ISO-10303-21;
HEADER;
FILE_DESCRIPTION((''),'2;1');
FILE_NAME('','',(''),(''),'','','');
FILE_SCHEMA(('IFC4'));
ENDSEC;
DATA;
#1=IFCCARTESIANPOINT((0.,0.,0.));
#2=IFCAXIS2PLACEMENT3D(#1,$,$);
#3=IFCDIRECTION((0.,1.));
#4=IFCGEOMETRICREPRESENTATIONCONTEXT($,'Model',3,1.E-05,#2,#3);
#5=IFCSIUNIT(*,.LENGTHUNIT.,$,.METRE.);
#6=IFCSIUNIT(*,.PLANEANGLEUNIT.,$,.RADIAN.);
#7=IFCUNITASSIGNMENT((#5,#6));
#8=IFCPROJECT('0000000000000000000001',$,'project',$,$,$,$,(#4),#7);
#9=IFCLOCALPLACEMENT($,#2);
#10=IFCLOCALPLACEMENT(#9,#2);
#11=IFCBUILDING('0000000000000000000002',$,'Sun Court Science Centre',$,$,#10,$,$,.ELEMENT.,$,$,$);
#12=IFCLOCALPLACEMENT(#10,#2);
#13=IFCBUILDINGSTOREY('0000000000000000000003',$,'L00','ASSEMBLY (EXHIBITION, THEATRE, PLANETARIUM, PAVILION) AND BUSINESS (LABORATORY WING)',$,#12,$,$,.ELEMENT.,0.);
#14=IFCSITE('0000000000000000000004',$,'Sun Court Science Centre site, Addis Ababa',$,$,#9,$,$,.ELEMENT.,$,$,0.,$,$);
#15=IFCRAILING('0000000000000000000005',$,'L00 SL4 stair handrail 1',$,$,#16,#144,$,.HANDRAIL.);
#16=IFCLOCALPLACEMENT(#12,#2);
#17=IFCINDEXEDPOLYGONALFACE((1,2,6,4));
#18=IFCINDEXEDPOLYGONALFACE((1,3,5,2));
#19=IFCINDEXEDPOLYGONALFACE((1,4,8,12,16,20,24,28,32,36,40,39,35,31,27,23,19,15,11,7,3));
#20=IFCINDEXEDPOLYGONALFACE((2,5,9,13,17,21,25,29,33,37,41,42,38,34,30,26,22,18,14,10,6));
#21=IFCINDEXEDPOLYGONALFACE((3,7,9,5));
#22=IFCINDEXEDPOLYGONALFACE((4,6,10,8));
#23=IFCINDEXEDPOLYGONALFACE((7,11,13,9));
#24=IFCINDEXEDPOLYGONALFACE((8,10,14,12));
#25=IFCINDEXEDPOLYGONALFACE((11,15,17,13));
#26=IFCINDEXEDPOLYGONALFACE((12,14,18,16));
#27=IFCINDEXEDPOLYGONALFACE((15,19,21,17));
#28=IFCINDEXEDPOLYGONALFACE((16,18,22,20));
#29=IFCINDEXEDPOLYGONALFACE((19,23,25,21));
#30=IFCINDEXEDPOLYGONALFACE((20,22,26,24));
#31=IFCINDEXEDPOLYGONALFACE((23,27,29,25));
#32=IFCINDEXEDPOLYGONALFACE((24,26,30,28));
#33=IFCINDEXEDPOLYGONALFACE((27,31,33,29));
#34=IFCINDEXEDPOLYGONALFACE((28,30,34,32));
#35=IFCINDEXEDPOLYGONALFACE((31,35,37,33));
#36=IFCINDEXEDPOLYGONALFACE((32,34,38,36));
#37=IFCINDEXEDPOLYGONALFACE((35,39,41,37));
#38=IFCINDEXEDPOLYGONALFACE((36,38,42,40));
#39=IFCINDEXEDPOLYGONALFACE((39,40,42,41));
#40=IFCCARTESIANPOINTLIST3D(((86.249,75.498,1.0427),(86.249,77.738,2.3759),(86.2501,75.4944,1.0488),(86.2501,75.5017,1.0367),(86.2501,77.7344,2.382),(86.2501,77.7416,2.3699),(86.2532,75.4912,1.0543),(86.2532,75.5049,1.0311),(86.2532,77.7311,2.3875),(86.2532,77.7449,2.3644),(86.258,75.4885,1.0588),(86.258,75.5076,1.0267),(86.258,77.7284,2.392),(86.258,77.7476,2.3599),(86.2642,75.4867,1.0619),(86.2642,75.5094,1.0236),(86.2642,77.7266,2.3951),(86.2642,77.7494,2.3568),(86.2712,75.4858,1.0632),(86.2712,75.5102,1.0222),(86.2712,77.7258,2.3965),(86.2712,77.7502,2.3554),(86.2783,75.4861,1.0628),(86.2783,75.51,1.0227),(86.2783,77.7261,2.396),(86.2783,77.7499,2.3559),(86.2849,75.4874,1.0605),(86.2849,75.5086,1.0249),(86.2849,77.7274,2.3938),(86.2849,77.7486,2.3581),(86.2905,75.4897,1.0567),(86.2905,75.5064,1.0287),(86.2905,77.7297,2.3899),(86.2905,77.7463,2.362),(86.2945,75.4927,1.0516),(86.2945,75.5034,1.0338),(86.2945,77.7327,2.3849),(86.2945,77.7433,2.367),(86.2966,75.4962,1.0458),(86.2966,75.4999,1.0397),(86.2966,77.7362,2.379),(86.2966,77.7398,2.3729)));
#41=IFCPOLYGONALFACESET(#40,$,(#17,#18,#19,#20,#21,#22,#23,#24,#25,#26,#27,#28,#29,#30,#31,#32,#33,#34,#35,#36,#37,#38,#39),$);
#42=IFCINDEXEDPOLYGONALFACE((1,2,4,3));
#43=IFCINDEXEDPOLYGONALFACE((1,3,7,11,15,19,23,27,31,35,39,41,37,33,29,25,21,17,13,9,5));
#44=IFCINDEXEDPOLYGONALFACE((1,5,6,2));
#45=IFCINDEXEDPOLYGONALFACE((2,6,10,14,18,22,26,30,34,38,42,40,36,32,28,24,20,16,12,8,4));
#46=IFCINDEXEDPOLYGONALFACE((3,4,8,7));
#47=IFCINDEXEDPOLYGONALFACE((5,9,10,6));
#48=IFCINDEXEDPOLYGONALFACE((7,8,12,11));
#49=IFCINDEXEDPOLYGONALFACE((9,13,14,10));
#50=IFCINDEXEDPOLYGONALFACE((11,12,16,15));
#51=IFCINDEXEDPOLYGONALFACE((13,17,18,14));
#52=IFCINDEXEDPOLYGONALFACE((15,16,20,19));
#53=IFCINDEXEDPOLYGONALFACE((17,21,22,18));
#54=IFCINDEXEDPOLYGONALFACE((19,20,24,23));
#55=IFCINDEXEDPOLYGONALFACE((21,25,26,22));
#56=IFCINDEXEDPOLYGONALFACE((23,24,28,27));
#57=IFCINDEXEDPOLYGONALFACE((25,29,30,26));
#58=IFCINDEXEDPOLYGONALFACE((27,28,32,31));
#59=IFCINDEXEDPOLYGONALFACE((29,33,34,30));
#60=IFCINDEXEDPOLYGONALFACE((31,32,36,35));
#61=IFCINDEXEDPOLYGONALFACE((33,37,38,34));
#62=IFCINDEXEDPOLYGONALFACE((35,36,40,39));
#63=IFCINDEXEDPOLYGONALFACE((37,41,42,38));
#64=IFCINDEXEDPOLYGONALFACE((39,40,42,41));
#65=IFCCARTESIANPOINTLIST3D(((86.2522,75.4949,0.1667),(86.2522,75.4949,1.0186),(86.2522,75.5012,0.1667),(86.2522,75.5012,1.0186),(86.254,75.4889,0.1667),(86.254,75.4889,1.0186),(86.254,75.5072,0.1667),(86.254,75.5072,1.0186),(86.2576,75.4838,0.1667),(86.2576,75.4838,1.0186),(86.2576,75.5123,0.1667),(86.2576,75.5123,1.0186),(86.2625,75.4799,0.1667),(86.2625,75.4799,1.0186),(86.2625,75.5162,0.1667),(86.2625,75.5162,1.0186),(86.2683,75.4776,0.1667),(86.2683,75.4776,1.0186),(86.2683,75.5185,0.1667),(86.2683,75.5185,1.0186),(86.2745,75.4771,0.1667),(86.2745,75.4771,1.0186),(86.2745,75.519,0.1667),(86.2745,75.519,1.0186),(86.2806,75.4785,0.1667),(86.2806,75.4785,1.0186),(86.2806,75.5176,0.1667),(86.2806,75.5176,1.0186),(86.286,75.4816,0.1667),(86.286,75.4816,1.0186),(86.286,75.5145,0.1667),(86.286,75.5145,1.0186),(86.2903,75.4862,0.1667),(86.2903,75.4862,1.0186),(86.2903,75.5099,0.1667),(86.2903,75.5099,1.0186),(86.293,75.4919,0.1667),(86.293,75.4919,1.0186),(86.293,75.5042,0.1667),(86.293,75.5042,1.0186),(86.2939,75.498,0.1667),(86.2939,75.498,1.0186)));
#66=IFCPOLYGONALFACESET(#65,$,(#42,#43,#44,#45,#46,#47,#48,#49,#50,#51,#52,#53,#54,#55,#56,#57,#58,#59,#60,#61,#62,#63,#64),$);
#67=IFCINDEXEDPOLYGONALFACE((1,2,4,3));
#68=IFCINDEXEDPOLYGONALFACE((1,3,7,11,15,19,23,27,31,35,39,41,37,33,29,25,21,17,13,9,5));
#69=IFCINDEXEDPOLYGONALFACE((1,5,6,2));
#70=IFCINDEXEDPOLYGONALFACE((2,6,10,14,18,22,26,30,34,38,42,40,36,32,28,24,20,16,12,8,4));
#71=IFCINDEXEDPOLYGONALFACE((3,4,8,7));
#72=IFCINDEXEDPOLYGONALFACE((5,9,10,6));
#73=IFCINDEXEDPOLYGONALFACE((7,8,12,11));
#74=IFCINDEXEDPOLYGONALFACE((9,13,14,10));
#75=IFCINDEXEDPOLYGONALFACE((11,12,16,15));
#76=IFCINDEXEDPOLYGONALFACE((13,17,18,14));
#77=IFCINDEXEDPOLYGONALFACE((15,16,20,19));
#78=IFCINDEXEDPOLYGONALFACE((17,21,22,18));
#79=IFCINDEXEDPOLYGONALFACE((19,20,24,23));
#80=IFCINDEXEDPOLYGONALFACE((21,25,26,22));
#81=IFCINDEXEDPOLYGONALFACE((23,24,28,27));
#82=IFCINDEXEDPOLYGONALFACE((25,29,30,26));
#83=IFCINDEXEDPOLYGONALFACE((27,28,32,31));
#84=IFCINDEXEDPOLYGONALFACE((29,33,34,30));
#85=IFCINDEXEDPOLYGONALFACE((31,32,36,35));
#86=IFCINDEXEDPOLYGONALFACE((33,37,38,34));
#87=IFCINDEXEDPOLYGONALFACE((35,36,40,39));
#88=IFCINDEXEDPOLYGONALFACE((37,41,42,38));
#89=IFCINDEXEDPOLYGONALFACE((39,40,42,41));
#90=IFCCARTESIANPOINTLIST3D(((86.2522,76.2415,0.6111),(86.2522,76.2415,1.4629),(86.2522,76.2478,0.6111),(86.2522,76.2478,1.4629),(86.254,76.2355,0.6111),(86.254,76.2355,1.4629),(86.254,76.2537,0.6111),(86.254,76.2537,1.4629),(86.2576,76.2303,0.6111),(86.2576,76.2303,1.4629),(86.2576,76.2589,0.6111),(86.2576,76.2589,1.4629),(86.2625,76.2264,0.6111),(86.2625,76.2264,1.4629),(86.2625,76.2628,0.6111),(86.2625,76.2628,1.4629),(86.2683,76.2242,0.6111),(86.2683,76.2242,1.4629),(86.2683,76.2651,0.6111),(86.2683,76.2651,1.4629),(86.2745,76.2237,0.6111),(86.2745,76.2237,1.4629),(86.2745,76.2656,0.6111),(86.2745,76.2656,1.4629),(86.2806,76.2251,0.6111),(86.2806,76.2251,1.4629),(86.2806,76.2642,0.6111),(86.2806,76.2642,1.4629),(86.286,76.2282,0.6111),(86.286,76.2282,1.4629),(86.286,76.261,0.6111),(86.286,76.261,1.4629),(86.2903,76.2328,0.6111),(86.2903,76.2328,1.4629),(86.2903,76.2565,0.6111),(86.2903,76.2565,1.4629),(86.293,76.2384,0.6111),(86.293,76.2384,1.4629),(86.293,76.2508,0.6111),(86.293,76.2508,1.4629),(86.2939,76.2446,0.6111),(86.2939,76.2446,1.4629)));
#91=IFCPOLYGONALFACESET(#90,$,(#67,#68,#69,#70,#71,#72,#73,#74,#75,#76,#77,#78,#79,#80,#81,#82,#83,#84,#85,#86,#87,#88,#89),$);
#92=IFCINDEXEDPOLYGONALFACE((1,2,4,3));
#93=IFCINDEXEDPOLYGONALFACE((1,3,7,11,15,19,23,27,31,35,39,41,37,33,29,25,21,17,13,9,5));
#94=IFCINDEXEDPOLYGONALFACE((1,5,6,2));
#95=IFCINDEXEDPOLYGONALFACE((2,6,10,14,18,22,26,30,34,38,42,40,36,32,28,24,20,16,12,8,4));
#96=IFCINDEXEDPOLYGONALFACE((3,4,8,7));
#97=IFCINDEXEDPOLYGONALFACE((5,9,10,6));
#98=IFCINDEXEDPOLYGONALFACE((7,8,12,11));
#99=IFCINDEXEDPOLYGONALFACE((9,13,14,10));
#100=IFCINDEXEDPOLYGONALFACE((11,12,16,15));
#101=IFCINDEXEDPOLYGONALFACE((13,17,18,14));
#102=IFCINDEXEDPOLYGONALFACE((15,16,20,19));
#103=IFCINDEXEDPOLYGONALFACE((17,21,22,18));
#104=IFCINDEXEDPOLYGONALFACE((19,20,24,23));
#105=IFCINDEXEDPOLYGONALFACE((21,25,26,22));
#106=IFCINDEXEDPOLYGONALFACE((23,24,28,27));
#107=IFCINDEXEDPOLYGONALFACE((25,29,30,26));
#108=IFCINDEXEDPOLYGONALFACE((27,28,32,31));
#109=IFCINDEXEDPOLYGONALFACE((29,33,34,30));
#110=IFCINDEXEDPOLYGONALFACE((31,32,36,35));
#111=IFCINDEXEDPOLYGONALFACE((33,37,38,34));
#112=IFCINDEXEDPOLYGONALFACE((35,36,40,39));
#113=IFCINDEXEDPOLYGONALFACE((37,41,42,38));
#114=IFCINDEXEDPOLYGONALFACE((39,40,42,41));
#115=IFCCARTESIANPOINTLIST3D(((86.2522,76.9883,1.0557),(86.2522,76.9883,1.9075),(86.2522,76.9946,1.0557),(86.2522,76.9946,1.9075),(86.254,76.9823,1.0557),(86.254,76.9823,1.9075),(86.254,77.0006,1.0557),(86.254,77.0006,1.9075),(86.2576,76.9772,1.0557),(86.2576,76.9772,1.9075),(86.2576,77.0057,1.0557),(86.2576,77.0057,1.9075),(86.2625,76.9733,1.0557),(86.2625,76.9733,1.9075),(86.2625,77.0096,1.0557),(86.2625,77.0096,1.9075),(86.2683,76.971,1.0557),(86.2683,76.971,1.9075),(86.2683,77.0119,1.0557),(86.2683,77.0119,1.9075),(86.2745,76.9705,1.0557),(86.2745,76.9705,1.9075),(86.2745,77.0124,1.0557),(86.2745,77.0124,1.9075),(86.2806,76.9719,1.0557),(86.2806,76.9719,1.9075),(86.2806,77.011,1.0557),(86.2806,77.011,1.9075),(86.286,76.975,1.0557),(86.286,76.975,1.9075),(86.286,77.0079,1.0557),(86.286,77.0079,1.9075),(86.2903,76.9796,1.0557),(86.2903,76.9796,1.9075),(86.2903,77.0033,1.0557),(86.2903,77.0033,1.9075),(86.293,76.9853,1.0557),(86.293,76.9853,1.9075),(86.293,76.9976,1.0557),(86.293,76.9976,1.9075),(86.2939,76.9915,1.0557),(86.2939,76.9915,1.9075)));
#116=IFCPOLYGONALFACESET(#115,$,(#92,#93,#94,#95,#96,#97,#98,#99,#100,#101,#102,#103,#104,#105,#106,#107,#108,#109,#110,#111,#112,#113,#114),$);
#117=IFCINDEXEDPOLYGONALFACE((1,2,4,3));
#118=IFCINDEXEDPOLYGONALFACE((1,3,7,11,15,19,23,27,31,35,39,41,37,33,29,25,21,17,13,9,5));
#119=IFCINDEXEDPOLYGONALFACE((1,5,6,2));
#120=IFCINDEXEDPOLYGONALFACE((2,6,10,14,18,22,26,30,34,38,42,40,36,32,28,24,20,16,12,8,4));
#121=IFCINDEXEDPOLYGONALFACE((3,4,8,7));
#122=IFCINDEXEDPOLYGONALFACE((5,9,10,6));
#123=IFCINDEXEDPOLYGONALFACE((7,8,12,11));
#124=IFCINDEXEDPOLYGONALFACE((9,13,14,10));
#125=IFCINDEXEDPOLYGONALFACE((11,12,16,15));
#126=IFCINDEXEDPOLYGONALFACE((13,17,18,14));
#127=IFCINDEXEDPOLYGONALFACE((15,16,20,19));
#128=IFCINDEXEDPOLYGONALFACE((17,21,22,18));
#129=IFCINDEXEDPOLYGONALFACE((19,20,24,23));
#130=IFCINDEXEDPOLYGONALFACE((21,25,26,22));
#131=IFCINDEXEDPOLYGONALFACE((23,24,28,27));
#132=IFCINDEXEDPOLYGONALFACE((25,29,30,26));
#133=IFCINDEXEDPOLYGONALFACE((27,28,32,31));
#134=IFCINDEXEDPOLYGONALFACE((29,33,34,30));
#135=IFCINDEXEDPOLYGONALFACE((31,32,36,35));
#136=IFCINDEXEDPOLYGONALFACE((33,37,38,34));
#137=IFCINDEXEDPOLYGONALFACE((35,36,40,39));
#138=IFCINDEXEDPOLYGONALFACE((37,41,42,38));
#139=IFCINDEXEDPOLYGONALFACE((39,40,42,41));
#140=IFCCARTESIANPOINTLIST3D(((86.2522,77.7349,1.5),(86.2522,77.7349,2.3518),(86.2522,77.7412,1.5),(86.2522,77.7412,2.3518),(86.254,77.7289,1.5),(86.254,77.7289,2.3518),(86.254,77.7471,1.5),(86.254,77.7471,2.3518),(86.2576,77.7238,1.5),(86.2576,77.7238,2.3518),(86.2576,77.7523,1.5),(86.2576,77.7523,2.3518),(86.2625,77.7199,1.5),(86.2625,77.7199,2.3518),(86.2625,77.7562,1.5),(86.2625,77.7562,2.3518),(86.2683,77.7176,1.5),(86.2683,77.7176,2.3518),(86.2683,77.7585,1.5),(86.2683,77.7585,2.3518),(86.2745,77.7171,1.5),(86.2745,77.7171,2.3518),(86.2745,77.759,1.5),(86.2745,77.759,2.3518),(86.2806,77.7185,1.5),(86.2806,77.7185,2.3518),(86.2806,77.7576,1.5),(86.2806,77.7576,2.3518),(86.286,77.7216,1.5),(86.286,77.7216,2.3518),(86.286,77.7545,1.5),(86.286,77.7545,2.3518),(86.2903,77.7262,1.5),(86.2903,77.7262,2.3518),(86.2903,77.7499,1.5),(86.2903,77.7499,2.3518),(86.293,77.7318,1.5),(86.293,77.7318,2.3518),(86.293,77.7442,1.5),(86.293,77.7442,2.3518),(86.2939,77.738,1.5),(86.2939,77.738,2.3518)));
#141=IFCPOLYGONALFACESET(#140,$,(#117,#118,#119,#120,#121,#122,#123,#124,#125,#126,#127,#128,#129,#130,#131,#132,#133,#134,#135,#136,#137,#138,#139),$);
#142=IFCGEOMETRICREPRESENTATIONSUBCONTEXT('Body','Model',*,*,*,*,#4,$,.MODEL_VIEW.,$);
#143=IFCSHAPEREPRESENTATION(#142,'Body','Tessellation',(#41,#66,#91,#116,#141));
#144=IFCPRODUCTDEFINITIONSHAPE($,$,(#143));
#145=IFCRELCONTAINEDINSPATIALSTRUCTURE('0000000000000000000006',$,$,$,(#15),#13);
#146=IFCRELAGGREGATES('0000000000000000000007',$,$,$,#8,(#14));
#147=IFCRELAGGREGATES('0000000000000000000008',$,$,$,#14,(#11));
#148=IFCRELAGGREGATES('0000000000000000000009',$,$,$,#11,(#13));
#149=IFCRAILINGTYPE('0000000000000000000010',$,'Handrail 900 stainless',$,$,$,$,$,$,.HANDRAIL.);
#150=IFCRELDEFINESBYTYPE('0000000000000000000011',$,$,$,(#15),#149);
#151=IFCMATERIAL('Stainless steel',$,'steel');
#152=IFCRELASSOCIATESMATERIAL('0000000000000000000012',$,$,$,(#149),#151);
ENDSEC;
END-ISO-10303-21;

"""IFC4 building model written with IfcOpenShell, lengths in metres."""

from ifc_helpers import new_model, si_unit, direction, frame, origin, origin_2d, place, context, subcontext, project, spatial, circle, extrude, material, type_object, element, save


model = new_model("IFC4")

# Units and contexts
model_context = context("Model", 3, precision=1e-05, world=origin(), true_north=direction((0.0, 1.0)))
body_context = subcontext(model_context, "Body", "Model", "MODEL_VIEW")
ifc_project = project(units=[si_unit("LENGTHUNIT", "METRE"), si_unit("PLANEANGLEUNIT", "RADIAN")], contexts=[model_context])

# Site, building, storey
site_placement = place(None, origin())
site = spatial("IfcSite", under=ifc_project, at=site_placement, Name="Sun Court Science Centre site, Addis Ababa", CompositionType="ELEMENT", RefElevation=0.0)
building_placement = place(site_placement, origin())
building = spatial("IfcBuilding", under=site, at=building_placement, Name="Sun Court Science Centre", CompositionType="ELEMENT")
storey_placement = place(building_placement, origin())
storey = spatial("IfcBuildingStorey", under=building, at=storey_placement, Name="L00", Description="ASSEMBLY (EXHIBITION, THEATRE, PLANETARIUM, PAVILION) AND BUSINESS (LABORATORY WING)", CompositionType="ELEMENT", Elevation=0.0)

# Railing
ifc_material_1 = material(Name="Stainless steel", Category="steel")
railing_type_1 = type_object("IfcRailingType", Name="Handrail 900 stainless", PredefinedType="HANDRAIL", material=ifc_material_1)
for number, where, name in (
    (1, (86.2729, 75.498, 0.1667), "L00 SL4 stair handrail 1"),
):
    element("IfcRailing", number, at=place(storey_placement, frame(where)), inside=storey, type_object=railing_type_1, Name=name, PredefinedType="HANDRAIL", context=body_context, shape_type="SweptSolid", body=[
        extrude(circle(Radius=0.0239, at=origin_2d()), frame((0.0, 0.0, 0.876), z_axis=(0.0, 0.859306, 0.511462), x_axis=(-1.0, 0.0, 0.0)), (0.0, 0.0, 1.0), 2.6067),
        extrude(circle(Radius=0.021, at=origin_2d()), origin(), (0.0, 0.0, 1.0), 0.8518),
        extrude(circle(Radius=0.021, at=origin_2d()), frame((0.0, 0.7466, 0.4443)), (0.0, 0.0, 1.0), 0.8518),
        extrude(circle(Radius=0.021, at=origin_2d()), frame((0.0, 1.4934, 0.8889)), (0.0, 0.0, 1.0), 0.8518),
        extrude(circle(Radius=0.021, at=origin_2d()), frame((0.0, 2.24, 1.3333)), (0.0, 0.0, 1.0), 0.8518),
    ])

save(model, "model.ifc")
